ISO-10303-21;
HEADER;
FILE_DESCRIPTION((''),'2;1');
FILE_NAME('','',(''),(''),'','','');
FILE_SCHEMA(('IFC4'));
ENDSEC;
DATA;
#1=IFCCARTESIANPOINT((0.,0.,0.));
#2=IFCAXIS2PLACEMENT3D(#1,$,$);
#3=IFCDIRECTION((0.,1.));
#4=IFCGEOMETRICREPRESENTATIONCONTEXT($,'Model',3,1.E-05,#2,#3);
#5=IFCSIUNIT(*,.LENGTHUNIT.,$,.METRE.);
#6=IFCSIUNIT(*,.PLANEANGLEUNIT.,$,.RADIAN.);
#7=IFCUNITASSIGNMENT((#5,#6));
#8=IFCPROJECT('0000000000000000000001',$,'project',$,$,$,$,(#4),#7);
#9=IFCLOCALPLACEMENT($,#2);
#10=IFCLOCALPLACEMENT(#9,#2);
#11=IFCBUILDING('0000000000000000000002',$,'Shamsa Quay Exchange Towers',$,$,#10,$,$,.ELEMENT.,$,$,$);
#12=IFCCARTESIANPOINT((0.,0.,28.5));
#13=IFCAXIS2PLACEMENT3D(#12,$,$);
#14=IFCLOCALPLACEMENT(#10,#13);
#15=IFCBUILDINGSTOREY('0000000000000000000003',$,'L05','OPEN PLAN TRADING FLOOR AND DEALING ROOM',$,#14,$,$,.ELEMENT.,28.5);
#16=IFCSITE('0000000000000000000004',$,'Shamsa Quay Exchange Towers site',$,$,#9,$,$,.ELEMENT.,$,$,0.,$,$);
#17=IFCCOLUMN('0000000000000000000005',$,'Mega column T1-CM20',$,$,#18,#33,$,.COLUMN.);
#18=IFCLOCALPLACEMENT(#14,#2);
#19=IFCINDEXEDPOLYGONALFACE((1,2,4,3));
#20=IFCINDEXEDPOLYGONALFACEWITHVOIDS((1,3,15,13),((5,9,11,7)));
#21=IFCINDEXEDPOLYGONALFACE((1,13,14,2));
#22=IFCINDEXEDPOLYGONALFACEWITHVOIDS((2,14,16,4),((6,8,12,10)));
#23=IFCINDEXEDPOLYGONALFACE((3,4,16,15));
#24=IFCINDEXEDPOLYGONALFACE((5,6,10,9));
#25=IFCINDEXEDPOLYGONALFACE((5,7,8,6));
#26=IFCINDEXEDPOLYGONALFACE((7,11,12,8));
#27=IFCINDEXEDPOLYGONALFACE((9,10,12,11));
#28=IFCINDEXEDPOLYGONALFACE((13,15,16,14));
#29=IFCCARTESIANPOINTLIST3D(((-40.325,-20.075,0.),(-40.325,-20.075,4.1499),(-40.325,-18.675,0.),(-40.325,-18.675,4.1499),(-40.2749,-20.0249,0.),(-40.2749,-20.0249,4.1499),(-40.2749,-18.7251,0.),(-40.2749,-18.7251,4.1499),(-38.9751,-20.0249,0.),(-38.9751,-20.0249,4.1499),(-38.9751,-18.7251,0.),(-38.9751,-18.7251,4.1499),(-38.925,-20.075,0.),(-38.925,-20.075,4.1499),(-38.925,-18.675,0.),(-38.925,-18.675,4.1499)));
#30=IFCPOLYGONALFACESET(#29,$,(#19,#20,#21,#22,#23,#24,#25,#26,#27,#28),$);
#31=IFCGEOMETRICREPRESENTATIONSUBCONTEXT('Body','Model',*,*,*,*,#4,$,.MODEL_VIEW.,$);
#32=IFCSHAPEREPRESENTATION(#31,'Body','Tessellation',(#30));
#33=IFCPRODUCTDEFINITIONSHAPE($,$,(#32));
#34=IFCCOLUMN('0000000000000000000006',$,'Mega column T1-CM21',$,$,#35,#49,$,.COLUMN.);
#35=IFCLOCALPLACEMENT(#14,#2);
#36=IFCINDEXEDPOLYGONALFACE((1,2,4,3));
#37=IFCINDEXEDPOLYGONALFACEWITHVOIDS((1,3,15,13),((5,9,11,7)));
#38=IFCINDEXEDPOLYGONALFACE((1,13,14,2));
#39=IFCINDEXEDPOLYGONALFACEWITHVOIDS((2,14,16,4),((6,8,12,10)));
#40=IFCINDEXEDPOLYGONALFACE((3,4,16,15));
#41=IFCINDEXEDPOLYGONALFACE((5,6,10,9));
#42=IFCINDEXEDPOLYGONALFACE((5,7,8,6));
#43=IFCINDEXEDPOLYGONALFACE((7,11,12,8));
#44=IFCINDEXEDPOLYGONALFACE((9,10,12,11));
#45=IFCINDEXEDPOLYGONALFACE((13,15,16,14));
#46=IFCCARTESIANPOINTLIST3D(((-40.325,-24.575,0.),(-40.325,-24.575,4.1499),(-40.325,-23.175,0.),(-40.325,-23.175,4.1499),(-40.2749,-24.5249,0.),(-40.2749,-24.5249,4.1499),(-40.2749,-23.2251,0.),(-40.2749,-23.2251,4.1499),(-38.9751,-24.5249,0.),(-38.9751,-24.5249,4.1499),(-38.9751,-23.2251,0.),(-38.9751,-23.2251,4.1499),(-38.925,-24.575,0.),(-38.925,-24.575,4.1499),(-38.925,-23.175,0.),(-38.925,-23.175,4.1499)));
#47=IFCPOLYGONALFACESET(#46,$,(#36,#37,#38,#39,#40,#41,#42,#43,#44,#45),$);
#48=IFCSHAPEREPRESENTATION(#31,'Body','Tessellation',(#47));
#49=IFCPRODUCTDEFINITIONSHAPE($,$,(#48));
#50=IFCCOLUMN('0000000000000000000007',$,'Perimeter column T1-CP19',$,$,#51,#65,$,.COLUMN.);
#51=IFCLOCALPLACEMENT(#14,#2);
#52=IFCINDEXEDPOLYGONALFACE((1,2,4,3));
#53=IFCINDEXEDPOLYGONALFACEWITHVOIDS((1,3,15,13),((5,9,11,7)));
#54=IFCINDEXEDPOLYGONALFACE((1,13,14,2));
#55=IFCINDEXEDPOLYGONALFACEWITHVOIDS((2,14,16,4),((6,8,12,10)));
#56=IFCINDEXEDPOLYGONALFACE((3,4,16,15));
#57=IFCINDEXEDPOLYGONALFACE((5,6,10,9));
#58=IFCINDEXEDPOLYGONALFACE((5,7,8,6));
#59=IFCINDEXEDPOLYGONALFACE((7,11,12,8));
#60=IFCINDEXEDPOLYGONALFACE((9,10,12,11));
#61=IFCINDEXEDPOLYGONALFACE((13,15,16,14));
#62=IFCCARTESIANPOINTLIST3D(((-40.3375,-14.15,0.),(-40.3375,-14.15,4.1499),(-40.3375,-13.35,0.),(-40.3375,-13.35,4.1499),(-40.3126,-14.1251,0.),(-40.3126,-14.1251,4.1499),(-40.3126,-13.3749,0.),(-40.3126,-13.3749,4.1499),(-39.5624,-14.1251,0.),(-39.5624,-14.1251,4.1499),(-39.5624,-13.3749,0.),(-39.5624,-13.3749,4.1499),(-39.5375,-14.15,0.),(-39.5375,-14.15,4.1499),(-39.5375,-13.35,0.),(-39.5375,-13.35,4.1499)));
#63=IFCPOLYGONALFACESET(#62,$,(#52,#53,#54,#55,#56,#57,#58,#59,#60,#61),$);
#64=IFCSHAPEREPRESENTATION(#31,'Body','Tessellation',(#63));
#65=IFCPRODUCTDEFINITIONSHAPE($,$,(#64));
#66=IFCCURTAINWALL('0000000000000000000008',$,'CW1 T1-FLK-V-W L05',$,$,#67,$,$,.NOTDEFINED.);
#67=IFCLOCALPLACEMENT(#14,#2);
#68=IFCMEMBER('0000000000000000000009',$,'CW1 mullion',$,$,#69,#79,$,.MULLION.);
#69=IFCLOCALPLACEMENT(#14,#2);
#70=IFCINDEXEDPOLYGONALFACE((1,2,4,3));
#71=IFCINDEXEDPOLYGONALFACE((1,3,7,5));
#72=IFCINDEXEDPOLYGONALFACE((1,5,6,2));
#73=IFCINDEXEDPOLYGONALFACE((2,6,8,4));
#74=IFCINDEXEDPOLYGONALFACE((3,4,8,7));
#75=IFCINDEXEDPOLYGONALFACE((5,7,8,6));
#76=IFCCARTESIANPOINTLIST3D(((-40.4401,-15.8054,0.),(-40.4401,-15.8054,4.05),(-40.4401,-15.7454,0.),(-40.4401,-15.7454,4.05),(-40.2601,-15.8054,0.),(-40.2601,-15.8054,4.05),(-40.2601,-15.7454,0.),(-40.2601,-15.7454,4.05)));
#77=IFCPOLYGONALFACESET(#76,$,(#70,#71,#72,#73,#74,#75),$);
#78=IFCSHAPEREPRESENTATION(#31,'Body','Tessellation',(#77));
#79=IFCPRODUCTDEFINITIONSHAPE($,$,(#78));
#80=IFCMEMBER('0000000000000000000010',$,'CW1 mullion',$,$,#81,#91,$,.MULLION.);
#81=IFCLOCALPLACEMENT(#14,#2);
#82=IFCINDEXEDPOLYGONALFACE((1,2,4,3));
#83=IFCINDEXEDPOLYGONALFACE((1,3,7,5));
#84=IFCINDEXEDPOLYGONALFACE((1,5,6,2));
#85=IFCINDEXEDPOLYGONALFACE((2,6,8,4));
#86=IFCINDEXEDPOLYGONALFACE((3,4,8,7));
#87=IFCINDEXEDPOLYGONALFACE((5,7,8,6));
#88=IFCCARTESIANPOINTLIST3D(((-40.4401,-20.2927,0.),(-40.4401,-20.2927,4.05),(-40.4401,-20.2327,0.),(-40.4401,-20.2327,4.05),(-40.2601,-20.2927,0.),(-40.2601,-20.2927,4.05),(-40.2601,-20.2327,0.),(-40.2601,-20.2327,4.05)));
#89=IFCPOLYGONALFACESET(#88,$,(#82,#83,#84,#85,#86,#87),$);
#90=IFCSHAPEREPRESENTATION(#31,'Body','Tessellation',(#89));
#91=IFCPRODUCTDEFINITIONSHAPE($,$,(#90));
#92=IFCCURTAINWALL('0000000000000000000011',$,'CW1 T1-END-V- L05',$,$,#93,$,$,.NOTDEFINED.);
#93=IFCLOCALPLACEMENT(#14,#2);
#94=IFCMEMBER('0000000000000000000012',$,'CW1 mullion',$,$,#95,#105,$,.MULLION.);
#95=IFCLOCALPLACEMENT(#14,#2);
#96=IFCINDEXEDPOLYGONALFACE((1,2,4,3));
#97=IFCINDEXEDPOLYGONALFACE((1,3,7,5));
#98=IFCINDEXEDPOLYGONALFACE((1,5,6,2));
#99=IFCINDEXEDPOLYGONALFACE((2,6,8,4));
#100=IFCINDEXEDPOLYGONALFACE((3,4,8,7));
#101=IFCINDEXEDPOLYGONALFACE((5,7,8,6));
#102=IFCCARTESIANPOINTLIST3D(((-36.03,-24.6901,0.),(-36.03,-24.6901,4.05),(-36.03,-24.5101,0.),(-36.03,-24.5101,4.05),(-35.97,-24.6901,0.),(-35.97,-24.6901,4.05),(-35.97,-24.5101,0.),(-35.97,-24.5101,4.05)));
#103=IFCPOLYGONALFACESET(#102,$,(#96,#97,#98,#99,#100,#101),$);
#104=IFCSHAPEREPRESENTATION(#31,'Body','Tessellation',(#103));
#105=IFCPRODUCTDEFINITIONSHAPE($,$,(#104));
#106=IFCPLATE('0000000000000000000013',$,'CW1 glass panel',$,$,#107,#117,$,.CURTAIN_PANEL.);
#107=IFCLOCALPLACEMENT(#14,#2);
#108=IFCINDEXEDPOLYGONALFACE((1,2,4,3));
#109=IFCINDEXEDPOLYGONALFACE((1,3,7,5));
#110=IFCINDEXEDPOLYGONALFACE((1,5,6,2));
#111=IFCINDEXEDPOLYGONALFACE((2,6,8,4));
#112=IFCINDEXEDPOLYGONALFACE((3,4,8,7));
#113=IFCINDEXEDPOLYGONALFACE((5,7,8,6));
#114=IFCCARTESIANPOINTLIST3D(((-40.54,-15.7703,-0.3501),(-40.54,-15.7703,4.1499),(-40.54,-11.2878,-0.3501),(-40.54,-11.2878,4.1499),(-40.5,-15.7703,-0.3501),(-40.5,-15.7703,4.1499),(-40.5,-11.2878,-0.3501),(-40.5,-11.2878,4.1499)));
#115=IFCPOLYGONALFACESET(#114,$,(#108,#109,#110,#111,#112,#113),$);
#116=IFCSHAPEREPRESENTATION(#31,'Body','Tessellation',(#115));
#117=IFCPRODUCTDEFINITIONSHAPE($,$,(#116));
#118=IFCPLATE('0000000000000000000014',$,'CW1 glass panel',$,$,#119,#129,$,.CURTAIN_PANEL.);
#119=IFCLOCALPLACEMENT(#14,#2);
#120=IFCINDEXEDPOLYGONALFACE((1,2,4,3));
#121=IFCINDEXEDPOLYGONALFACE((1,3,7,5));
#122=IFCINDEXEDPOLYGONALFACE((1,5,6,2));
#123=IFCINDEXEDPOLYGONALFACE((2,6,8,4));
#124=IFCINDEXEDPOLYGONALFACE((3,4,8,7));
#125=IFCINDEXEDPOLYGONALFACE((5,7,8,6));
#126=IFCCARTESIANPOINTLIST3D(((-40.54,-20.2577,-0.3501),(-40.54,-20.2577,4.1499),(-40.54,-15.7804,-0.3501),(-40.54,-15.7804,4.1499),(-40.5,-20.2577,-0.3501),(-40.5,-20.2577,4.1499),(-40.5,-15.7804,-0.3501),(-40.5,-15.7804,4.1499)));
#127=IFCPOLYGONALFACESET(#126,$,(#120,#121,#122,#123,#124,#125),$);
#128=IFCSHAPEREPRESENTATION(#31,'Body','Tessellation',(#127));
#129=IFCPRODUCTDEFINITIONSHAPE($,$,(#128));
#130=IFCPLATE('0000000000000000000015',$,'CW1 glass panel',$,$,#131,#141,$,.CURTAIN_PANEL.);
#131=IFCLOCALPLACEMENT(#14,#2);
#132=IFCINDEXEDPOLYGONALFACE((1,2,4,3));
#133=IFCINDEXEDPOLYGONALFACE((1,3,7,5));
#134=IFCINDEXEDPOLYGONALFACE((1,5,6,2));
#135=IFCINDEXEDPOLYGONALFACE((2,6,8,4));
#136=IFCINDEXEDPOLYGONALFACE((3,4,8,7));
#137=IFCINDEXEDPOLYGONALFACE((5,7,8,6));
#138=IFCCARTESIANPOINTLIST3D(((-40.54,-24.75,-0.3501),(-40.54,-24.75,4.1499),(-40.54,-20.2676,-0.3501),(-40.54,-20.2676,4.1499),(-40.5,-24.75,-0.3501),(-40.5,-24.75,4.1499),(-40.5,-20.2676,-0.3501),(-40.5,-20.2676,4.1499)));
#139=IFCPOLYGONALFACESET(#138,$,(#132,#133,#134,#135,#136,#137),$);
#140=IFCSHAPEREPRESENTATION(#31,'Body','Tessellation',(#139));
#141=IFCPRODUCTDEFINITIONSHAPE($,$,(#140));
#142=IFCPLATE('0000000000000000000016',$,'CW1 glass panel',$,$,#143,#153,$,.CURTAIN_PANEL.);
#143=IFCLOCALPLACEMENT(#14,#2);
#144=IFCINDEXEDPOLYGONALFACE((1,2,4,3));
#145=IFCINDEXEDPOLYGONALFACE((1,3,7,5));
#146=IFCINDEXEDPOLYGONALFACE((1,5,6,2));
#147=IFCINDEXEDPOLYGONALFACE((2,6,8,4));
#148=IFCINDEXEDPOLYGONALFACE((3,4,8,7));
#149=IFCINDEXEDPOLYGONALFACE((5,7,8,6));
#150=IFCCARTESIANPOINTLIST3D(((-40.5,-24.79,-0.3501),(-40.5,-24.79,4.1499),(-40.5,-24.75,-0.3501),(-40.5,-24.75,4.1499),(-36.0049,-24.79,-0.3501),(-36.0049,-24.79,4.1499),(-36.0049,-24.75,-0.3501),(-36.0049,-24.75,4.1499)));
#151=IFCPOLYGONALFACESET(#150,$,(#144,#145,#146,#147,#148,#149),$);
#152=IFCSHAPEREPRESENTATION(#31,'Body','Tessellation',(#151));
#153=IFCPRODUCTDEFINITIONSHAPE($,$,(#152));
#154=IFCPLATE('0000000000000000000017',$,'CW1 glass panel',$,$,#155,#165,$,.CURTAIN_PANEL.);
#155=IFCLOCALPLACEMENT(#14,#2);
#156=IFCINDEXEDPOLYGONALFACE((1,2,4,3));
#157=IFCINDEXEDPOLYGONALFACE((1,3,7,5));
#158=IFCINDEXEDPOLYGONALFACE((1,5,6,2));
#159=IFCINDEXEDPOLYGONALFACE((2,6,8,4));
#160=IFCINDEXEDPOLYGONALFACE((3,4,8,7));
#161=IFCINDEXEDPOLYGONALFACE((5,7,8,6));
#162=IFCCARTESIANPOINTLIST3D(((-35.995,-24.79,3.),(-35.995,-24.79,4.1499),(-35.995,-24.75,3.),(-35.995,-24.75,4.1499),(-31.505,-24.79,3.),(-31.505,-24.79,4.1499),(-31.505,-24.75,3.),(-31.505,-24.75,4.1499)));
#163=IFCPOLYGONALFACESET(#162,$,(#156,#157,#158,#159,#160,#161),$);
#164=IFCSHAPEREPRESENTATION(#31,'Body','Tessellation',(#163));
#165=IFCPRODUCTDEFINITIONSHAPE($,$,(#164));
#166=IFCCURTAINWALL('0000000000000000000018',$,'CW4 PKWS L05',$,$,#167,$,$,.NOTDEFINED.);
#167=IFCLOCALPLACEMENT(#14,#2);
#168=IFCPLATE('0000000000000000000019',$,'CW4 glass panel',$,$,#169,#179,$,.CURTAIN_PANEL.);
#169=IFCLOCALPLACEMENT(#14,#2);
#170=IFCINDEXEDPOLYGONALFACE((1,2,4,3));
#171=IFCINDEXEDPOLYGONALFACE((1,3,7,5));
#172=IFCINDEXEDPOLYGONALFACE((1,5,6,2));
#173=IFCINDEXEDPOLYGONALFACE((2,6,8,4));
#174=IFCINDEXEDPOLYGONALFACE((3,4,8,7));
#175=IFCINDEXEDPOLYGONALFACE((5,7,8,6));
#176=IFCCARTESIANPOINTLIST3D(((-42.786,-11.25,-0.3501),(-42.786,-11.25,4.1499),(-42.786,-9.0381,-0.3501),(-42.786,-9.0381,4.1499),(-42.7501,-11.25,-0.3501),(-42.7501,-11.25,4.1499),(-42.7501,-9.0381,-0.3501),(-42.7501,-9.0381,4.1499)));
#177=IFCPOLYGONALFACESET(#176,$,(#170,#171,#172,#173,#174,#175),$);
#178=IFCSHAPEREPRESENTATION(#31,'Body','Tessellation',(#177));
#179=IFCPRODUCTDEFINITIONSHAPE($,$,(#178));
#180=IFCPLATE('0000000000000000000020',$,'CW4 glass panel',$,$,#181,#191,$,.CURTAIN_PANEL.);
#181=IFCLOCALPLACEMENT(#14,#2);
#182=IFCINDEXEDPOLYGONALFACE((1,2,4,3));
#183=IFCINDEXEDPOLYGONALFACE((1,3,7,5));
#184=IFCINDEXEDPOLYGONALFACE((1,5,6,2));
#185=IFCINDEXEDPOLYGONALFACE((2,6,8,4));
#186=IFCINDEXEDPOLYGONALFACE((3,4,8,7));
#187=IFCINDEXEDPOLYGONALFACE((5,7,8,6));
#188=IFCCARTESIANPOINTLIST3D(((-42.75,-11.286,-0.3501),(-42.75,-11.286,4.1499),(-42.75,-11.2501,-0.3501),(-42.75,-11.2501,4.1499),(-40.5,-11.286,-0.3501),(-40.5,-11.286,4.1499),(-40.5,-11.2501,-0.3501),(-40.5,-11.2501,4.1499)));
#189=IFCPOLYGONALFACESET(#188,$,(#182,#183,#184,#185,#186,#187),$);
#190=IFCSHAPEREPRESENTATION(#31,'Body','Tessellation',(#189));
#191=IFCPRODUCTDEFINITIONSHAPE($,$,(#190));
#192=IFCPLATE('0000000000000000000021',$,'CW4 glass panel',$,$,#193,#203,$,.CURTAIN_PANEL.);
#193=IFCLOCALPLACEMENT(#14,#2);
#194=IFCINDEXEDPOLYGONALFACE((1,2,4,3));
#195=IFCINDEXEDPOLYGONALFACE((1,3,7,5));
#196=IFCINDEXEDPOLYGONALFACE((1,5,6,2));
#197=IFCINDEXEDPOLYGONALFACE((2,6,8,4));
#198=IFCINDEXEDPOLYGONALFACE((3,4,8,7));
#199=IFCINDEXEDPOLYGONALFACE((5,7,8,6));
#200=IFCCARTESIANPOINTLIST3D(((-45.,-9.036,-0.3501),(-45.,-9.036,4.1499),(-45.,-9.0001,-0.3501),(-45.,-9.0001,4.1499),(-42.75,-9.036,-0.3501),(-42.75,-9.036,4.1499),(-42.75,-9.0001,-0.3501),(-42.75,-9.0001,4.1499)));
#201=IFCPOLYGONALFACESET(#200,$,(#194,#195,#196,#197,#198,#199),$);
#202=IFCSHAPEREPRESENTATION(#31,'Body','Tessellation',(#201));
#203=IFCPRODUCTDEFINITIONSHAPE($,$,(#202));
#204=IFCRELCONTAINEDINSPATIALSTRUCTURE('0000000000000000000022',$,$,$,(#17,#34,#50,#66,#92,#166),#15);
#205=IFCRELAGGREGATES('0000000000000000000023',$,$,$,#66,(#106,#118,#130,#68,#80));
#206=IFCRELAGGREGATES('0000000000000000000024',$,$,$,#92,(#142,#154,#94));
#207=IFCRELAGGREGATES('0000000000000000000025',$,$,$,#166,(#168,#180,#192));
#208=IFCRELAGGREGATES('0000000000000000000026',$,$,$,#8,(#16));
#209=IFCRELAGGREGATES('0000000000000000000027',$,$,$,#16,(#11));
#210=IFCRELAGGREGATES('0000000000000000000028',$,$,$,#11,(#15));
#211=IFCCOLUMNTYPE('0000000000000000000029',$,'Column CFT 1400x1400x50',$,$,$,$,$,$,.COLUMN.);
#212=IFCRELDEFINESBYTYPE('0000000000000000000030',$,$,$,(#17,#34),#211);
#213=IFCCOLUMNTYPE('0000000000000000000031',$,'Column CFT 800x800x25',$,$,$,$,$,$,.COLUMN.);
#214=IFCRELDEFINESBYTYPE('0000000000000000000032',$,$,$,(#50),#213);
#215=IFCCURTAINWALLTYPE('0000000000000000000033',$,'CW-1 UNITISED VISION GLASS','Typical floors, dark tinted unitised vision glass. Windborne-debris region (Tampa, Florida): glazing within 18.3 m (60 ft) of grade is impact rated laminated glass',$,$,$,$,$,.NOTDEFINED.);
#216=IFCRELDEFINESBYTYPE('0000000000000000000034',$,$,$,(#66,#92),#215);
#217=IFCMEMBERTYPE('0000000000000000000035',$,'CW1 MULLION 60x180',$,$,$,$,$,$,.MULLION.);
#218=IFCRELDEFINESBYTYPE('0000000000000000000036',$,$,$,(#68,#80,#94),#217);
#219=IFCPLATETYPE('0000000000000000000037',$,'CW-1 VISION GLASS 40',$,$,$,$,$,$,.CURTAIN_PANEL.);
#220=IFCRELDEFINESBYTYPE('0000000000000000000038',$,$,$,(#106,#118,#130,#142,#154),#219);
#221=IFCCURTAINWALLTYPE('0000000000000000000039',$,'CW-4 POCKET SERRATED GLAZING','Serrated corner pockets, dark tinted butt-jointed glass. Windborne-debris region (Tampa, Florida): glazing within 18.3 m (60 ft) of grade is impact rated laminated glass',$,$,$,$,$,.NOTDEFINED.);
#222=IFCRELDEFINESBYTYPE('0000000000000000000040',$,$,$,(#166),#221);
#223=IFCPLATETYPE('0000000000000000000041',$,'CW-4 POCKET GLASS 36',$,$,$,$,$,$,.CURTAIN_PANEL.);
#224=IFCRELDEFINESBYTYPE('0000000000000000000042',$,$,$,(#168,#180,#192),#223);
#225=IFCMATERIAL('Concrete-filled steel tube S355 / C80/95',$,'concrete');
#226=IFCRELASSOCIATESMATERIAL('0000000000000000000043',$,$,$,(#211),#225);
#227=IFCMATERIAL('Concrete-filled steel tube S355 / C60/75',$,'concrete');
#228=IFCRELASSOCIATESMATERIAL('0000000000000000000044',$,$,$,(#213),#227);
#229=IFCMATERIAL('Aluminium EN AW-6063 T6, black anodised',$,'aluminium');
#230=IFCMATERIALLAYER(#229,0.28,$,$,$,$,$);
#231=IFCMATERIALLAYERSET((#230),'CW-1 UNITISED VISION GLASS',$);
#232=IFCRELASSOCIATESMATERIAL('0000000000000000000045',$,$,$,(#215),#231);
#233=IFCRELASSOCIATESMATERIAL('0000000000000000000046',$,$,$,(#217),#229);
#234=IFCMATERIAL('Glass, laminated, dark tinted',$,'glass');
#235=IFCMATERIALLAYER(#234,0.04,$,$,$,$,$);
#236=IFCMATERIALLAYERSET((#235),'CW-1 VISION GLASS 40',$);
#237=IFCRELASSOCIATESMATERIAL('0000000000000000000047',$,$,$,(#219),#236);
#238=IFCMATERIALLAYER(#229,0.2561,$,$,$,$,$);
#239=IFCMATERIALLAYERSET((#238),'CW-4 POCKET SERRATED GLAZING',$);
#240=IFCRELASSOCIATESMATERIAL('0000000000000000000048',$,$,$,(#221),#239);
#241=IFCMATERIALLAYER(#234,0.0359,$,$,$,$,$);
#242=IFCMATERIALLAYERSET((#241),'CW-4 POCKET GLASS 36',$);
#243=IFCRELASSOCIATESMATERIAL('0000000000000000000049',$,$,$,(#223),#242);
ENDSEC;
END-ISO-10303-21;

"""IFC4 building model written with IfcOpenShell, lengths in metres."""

from ifc_helpers import new_model, si_unit, direction, frame, origin, origin_2d, place, context, subcontext, project, spatial, rectangle, hollow_rectangle, extrude, material, layer, layer_set, material_profile, profile_set, type_object, element, aggregate, save


model = new_model("IFC4")

# Units and contexts
model_context = context("Model", 3, precision=1e-05, world=origin(), true_north=direction((0.0, 1.0)))
body_context = subcontext(model_context, "Body", "Model", "MODEL_VIEW")
ifc_project = project(units=[si_unit("LENGTHUNIT", "METRE"), si_unit("PLANEANGLEUNIT", "RADIAN")], contexts=[model_context])

# Site, building, storey
site_placement = place(None, origin())
site = spatial("IfcSite", under=ifc_project, at=site_placement, Name="Shamsa Quay Exchange Towers site", CompositionType="ELEMENT", RefElevation=0.0)
building_placement = place(site_placement, origin())
building = spatial("IfcBuilding", under=site, at=building_placement, Name="Shamsa Quay Exchange Towers", CompositionType="ELEMENT")
storey_placement = place(building_placement, frame((0.0, 0.0, 28.5)))
storey = spatial("IfcBuildingStorey", under=building, at=storey_placement, Name="L05", Description="OPEN PLAN TRADING FLOOR AND DEALING ROOM", CompositionType="ELEMENT", Elevation=28.5)

# Columns
ifc_material_1 = material(Name="Concrete-filled steel tube S355 / C80/95", Category="concrete")
ifc_material_profile_1 = material_profile(ifc_material_1, hollow_rectangle(XDim=1.3999, YDim=1.3999, WallThickness=0.05, at=origin_2d()), Name="CFT 1400x1400x50")
ifc_profile_set_1 = profile_set([ifc_material_profile_1], Name="Concrete-filled steel tube S355 / C80/95")
column_type_1 = type_object("IfcColumnType", Name="Column CFT 1400x1400x50", PredefinedType="COLUMN", material=ifc_profile_set_1)
for number, where, name in (
    (1, (-39.625, -19.375, 0.0), "Mega column T1-CM20"),
    (2, (-39.625, -23.875, 0.0), "Mega column T1-CM21"),
):
    element("IfcColumn", number, at=place(storey_placement, frame(where)), inside=storey, type_object=column_type_1, Name=name, PredefinedType="COLUMN", context=body_context, shape_type="SweptSolid", body=[
        extrude(hollow_rectangle(XDim=1.3999, YDim=1.3999, WallThickness=0.05, at=origin_2d()), origin(), (0.0, 0.0, 1.0), 4.1499),
    ])
ifc_material_2 = material(Name="Concrete-filled steel tube S355 / C60/75", Category="concrete")
ifc_material_profile_2 = material_profile(ifc_material_2, hollow_rectangle(XDim=0.8, YDim=0.8, WallThickness=0.0249, at=origin_2d()), Name="CFT 800x800x25")
ifc_profile_set_2 = profile_set([ifc_material_profile_2], Name="Concrete-filled steel tube S355 / C60/75")
column_type_2 = type_object("IfcColumnType", Name="Column CFT 800x800x25", PredefinedType="COLUMN", material=ifc_profile_set_2)
column_placement = place(storey_placement, frame((-39.9375, -13.75, 0.0)))
element("IfcColumn", 3, at=column_placement, inside=storey, type_object=column_type_2, Name="Perimeter column T1-CP19", PredefinedType="COLUMN", context=body_context, shape_type="SweptSolid", body=[
    extrude(hollow_rectangle(XDim=0.8, YDim=0.8, WallThickness=0.0249, at=origin_2d()), origin(), (0.0, 0.0, 1.0), 4.1499),
])

# Curtain wall, members
ifc_material_3 = material(Name="Aluminium EN AW-6063 T6, black anodised", Category="aluminium")
ifc_layer_1 = layer(ifc_material_3, 0.28)
ifc_layer_set_1 = layer_set([ifc_layer_1], Name="CW-1 UNITISED VISION GLASS")
curtain_wall_type_1 = type_object("IfcCurtainWallType", Name="CW-1 UNITISED VISION GLASS", Description="Typical floors, dark tinted unitised vision glass. Windborne-debris region (Tampa, Florida): glazing within 18.3 m (60 ft) of grade is impact rated laminated glass", PredefinedType="NOTDEFINED", material=ifc_layer_set_1)
curtain_wall_1_placement = place(storey_placement, origin())
curtain_wall_1 = element("IfcCurtainWall", 4, at=curtain_wall_1_placement, inside=storey, type_object=curtain_wall_type_1, Name="CW1 T1-FLK-V-W L05", PredefinedType="NOTDEFINED")
ifc_material_profile_3 = material_profile(ifc_material_3, rectangle(XDim=0.1799, YDim=0.0601, at=origin_2d()), Name="MU60x180")
ifc_profile_set_3 = profile_set([ifc_material_profile_3], Name="Aluminium EN AW-6063 T6, black anodised")
member_type = type_object("IfcMemberType", Name="CW1 MULLION 60x180", PredefinedType="MULLION", material=ifc_profile_set_3)
member_1_placement = place(storey_placement, frame((-40.3501, -15.7754, 0.0)))
member_1 = element("IfcMember", 5, at=member_1_placement, type_object=member_type, Name="CW1 mullion", PredefinedType="MULLION", context=body_context, shape_type="SweptSolid", body=[
    extrude(rectangle(XDim=0.1799, YDim=0.0601, at=origin_2d()), origin(), (0.0, 0.0, 1.0), 4.05),
])
member_2_placement = place(storey_placement, frame((-40.3501, -20.2627, 0.0)))
member_2 = element("IfcMember", 6, at=member_2_placement, type_object=member_type, Name="CW1 mullion", PredefinedType="MULLION", context=body_context, shape_type="SweptSolid", body=[
    extrude(rectangle(XDim=0.1799, YDim=0.0601, at=origin_2d()), origin(), (0.0, 0.0, 1.0), 4.05),
])

# Curtain wall, member
curtain_wall_2_placement = place(storey_placement, origin())
curtain_wall_2 = element("IfcCurtainWall", 7, at=curtain_wall_2_placement, inside=storey, type_object=curtain_wall_type_1, Name="CW1 T1-END-V- L05", PredefinedType="NOTDEFINED")
member_3_placement = place(storey_placement, frame((-36.0, -24.6001, 0.0), z_axis=(0.0, 0.0, 1.0), x_axis=(0.0, 1.0, 0.0)))
member_3 = element("IfcMember", 8, at=member_3_placement, type_object=member_type, Name="CW1 mullion", PredefinedType="MULLION", context=body_context, shape_type="SweptSolid", body=[
    extrude(rectangle(XDim=0.1799, YDim=0.0601, at=origin_2d()), origin(), (0.0, 0.0, 1.0), 4.05),
])

# Plates
ifc_material_4 = material(Name="Glass, laminated, dark tinted", Category="glass")
ifc_layer_2 = layer(ifc_material_4, 0.04)
ifc_layer_set_2 = layer_set([ifc_layer_2], Name="CW-1 VISION GLASS 40")
plate_type_1 = type_object("IfcPlateType", Name="CW-1 VISION GLASS 40", PredefinedType="CURTAIN_PANEL", material=ifc_layer_set_2)
plate_1_placement = place(storey_placement, frame((-40.52, -13.5291, -0.3501), z_axis=(0.0, 0.0, 1.0), x_axis=(0.0, -1.0, 0.0)))
plate_1 = element("IfcPlate", 9, at=plate_1_placement, type_object=plate_type_1, Name="CW1 glass panel", PredefinedType="CURTAIN_PANEL", context=body_context, shape_type="SweptSolid", body=[
    extrude(rectangle(XDim=4.4824, YDim=0.04, at=origin_2d()), origin(), (0.0, 0.0, 1.0), 4.5),
])
plate_2_placement = place(storey_placement, frame((-40.52, -18.019, -0.3501), z_axis=(0.0, 0.0, 1.0), x_axis=(0.0, -1.0, 0.0)))
plate_2 = element("IfcPlate", 10, at=plate_2_placement, type_object=plate_type_1, Name="CW1 glass panel", PredefinedType="CURTAIN_PANEL", context=body_context, shape_type="SweptSolid", body=[
    extrude(rectangle(XDim=4.4773, YDim=0.04, at=origin_2d()), origin(), (0.0, 0.0, 1.0), 4.5),
])
plate_3_placement = place(storey_placement, frame((-40.52, -22.5088, -0.3501), z_axis=(0.0, 0.0, 1.0), x_axis=(0.0, -1.0, 0.0)))
plate_3 = element("IfcPlate", 11, at=plate_3_placement, type_object=plate_type_1, Name="CW1 glass panel", PredefinedType="CURTAIN_PANEL", context=body_context, shape_type="SweptSolid", body=[
    extrude(rectangle(XDim=4.4824, YDim=0.04, at=origin_2d()), origin(), (0.0, 0.0, 1.0), 4.5),
])
aggregate(curtain_wall_1, [plate_1, plate_2, plate_3, member_1, member_2])
plate_4_placement = place(storey_placement, frame((-38.2524, -24.77, -0.3501)))
plate_4 = element("IfcPlate", 12, at=plate_4_placement, type_object=plate_type_1, Name="CW1 glass panel", PredefinedType="CURTAIN_PANEL", context=body_context, shape_type="SweptSolid", body=[
    extrude(rectangle(XDim=4.4951, YDim=0.04, at=origin_2d()), origin(), (0.0, 0.0, 1.0), 4.5),
])
plate_5_placement = place(storey_placement, frame((-33.75, -24.77, 3.0)))
plate_5 = element("IfcPlate", 13, at=plate_5_placement, type_object=plate_type_1, Name="CW1 glass panel", PredefinedType="CURTAIN_PANEL", context=body_context, shape_type="SweptSolid", body=[
    extrude(rectangle(XDim=4.49, YDim=0.04, at=origin_2d()), origin(), (0.0, 0.0, 1.0), 1.1499),
])
aggregate(curtain_wall_2, [plate_4, plate_5, member_3])

# Curtain wall, plates
ifc_layer_3 = layer(ifc_material_3, 0.2561)
ifc_layer_set_3 = layer_set([ifc_layer_3], Name="CW-4 POCKET SERRATED GLAZING")
curtain_wall_type_2 = type_object("IfcCurtainWallType", Name="CW-4 POCKET SERRATED GLAZING", Description="Serrated corner pockets, dark tinted butt-jointed glass. Windborne-debris region (Tampa, Florida): glazing within 18.3 m (60 ft) of grade is impact rated laminated glass", PredefinedType="NOTDEFINED", material=ifc_layer_set_3)
curtain_wall_3_placement = place(storey_placement, origin())
curtain_wall_3 = element("IfcCurtainWall", 14, at=curtain_wall_3_placement, inside=storey, type_object=curtain_wall_type_2, Name="CW4 PKWS L05", PredefinedType="NOTDEFINED")
ifc_layer_4 = layer(ifc_material_4, 0.0359)
ifc_layer_set_4 = layer_set([ifc_layer_4], Name="CW-4 POCKET GLASS 36")
plate_type_2 = type_object("IfcPlateType", Name="CW-4 POCKET GLASS 36", PredefinedType="CURTAIN_PANEL", material=ifc_layer_set_4)
plate_6_placement = place(storey_placement, frame((-42.7681, -10.144, -0.3501), z_axis=(0.0, 0.0, 1.0), x_axis=(0.0, -1.0, 0.0)))
plate_6 = element("IfcPlate", 15, at=plate_6_placement, type_object=plate_type_2, Name="CW4 glass panel", PredefinedType="CURTAIN_PANEL", context=body_context, shape_type="SweptSolid", body=[
    extrude(rectangle(XDim=2.2119, YDim=0.0359, at=origin_2d()), origin(), (0.0, 0.0, 1.0), 4.5),
])
plate_7_placement = place(storey_placement, frame((-41.625, -11.2681, -0.3501)))
plate_7 = element("IfcPlate", 16, at=plate_7_placement, type_object=plate_type_2, Name="CW4 glass panel", PredefinedType="CURTAIN_PANEL", context=body_context, shape_type="SweptSolid", body=[
    extrude(rectangle(XDim=2.25, YDim=0.0359, at=origin_2d()), origin(), (0.0, 0.0, 1.0), 4.5),
])
plate_8_placement = place(storey_placement, frame((-43.875, -9.0181, -0.3501)))
plate_8 = element("IfcPlate", 17, at=plate_8_placement, type_object=plate_type_2, Name="CW4 glass panel", PredefinedType="CURTAIN_PANEL", context=body_context, shape_type="SweptSolid", body=[
    extrude(rectangle(XDim=2.25, YDim=0.0359, at=origin_2d()), origin(), (0.0, 0.0, 1.0), 4.5),
])
aggregate(curtain_wall_3, [plate_6, plate_7, plate_8])

save(model, "model.ifc")
